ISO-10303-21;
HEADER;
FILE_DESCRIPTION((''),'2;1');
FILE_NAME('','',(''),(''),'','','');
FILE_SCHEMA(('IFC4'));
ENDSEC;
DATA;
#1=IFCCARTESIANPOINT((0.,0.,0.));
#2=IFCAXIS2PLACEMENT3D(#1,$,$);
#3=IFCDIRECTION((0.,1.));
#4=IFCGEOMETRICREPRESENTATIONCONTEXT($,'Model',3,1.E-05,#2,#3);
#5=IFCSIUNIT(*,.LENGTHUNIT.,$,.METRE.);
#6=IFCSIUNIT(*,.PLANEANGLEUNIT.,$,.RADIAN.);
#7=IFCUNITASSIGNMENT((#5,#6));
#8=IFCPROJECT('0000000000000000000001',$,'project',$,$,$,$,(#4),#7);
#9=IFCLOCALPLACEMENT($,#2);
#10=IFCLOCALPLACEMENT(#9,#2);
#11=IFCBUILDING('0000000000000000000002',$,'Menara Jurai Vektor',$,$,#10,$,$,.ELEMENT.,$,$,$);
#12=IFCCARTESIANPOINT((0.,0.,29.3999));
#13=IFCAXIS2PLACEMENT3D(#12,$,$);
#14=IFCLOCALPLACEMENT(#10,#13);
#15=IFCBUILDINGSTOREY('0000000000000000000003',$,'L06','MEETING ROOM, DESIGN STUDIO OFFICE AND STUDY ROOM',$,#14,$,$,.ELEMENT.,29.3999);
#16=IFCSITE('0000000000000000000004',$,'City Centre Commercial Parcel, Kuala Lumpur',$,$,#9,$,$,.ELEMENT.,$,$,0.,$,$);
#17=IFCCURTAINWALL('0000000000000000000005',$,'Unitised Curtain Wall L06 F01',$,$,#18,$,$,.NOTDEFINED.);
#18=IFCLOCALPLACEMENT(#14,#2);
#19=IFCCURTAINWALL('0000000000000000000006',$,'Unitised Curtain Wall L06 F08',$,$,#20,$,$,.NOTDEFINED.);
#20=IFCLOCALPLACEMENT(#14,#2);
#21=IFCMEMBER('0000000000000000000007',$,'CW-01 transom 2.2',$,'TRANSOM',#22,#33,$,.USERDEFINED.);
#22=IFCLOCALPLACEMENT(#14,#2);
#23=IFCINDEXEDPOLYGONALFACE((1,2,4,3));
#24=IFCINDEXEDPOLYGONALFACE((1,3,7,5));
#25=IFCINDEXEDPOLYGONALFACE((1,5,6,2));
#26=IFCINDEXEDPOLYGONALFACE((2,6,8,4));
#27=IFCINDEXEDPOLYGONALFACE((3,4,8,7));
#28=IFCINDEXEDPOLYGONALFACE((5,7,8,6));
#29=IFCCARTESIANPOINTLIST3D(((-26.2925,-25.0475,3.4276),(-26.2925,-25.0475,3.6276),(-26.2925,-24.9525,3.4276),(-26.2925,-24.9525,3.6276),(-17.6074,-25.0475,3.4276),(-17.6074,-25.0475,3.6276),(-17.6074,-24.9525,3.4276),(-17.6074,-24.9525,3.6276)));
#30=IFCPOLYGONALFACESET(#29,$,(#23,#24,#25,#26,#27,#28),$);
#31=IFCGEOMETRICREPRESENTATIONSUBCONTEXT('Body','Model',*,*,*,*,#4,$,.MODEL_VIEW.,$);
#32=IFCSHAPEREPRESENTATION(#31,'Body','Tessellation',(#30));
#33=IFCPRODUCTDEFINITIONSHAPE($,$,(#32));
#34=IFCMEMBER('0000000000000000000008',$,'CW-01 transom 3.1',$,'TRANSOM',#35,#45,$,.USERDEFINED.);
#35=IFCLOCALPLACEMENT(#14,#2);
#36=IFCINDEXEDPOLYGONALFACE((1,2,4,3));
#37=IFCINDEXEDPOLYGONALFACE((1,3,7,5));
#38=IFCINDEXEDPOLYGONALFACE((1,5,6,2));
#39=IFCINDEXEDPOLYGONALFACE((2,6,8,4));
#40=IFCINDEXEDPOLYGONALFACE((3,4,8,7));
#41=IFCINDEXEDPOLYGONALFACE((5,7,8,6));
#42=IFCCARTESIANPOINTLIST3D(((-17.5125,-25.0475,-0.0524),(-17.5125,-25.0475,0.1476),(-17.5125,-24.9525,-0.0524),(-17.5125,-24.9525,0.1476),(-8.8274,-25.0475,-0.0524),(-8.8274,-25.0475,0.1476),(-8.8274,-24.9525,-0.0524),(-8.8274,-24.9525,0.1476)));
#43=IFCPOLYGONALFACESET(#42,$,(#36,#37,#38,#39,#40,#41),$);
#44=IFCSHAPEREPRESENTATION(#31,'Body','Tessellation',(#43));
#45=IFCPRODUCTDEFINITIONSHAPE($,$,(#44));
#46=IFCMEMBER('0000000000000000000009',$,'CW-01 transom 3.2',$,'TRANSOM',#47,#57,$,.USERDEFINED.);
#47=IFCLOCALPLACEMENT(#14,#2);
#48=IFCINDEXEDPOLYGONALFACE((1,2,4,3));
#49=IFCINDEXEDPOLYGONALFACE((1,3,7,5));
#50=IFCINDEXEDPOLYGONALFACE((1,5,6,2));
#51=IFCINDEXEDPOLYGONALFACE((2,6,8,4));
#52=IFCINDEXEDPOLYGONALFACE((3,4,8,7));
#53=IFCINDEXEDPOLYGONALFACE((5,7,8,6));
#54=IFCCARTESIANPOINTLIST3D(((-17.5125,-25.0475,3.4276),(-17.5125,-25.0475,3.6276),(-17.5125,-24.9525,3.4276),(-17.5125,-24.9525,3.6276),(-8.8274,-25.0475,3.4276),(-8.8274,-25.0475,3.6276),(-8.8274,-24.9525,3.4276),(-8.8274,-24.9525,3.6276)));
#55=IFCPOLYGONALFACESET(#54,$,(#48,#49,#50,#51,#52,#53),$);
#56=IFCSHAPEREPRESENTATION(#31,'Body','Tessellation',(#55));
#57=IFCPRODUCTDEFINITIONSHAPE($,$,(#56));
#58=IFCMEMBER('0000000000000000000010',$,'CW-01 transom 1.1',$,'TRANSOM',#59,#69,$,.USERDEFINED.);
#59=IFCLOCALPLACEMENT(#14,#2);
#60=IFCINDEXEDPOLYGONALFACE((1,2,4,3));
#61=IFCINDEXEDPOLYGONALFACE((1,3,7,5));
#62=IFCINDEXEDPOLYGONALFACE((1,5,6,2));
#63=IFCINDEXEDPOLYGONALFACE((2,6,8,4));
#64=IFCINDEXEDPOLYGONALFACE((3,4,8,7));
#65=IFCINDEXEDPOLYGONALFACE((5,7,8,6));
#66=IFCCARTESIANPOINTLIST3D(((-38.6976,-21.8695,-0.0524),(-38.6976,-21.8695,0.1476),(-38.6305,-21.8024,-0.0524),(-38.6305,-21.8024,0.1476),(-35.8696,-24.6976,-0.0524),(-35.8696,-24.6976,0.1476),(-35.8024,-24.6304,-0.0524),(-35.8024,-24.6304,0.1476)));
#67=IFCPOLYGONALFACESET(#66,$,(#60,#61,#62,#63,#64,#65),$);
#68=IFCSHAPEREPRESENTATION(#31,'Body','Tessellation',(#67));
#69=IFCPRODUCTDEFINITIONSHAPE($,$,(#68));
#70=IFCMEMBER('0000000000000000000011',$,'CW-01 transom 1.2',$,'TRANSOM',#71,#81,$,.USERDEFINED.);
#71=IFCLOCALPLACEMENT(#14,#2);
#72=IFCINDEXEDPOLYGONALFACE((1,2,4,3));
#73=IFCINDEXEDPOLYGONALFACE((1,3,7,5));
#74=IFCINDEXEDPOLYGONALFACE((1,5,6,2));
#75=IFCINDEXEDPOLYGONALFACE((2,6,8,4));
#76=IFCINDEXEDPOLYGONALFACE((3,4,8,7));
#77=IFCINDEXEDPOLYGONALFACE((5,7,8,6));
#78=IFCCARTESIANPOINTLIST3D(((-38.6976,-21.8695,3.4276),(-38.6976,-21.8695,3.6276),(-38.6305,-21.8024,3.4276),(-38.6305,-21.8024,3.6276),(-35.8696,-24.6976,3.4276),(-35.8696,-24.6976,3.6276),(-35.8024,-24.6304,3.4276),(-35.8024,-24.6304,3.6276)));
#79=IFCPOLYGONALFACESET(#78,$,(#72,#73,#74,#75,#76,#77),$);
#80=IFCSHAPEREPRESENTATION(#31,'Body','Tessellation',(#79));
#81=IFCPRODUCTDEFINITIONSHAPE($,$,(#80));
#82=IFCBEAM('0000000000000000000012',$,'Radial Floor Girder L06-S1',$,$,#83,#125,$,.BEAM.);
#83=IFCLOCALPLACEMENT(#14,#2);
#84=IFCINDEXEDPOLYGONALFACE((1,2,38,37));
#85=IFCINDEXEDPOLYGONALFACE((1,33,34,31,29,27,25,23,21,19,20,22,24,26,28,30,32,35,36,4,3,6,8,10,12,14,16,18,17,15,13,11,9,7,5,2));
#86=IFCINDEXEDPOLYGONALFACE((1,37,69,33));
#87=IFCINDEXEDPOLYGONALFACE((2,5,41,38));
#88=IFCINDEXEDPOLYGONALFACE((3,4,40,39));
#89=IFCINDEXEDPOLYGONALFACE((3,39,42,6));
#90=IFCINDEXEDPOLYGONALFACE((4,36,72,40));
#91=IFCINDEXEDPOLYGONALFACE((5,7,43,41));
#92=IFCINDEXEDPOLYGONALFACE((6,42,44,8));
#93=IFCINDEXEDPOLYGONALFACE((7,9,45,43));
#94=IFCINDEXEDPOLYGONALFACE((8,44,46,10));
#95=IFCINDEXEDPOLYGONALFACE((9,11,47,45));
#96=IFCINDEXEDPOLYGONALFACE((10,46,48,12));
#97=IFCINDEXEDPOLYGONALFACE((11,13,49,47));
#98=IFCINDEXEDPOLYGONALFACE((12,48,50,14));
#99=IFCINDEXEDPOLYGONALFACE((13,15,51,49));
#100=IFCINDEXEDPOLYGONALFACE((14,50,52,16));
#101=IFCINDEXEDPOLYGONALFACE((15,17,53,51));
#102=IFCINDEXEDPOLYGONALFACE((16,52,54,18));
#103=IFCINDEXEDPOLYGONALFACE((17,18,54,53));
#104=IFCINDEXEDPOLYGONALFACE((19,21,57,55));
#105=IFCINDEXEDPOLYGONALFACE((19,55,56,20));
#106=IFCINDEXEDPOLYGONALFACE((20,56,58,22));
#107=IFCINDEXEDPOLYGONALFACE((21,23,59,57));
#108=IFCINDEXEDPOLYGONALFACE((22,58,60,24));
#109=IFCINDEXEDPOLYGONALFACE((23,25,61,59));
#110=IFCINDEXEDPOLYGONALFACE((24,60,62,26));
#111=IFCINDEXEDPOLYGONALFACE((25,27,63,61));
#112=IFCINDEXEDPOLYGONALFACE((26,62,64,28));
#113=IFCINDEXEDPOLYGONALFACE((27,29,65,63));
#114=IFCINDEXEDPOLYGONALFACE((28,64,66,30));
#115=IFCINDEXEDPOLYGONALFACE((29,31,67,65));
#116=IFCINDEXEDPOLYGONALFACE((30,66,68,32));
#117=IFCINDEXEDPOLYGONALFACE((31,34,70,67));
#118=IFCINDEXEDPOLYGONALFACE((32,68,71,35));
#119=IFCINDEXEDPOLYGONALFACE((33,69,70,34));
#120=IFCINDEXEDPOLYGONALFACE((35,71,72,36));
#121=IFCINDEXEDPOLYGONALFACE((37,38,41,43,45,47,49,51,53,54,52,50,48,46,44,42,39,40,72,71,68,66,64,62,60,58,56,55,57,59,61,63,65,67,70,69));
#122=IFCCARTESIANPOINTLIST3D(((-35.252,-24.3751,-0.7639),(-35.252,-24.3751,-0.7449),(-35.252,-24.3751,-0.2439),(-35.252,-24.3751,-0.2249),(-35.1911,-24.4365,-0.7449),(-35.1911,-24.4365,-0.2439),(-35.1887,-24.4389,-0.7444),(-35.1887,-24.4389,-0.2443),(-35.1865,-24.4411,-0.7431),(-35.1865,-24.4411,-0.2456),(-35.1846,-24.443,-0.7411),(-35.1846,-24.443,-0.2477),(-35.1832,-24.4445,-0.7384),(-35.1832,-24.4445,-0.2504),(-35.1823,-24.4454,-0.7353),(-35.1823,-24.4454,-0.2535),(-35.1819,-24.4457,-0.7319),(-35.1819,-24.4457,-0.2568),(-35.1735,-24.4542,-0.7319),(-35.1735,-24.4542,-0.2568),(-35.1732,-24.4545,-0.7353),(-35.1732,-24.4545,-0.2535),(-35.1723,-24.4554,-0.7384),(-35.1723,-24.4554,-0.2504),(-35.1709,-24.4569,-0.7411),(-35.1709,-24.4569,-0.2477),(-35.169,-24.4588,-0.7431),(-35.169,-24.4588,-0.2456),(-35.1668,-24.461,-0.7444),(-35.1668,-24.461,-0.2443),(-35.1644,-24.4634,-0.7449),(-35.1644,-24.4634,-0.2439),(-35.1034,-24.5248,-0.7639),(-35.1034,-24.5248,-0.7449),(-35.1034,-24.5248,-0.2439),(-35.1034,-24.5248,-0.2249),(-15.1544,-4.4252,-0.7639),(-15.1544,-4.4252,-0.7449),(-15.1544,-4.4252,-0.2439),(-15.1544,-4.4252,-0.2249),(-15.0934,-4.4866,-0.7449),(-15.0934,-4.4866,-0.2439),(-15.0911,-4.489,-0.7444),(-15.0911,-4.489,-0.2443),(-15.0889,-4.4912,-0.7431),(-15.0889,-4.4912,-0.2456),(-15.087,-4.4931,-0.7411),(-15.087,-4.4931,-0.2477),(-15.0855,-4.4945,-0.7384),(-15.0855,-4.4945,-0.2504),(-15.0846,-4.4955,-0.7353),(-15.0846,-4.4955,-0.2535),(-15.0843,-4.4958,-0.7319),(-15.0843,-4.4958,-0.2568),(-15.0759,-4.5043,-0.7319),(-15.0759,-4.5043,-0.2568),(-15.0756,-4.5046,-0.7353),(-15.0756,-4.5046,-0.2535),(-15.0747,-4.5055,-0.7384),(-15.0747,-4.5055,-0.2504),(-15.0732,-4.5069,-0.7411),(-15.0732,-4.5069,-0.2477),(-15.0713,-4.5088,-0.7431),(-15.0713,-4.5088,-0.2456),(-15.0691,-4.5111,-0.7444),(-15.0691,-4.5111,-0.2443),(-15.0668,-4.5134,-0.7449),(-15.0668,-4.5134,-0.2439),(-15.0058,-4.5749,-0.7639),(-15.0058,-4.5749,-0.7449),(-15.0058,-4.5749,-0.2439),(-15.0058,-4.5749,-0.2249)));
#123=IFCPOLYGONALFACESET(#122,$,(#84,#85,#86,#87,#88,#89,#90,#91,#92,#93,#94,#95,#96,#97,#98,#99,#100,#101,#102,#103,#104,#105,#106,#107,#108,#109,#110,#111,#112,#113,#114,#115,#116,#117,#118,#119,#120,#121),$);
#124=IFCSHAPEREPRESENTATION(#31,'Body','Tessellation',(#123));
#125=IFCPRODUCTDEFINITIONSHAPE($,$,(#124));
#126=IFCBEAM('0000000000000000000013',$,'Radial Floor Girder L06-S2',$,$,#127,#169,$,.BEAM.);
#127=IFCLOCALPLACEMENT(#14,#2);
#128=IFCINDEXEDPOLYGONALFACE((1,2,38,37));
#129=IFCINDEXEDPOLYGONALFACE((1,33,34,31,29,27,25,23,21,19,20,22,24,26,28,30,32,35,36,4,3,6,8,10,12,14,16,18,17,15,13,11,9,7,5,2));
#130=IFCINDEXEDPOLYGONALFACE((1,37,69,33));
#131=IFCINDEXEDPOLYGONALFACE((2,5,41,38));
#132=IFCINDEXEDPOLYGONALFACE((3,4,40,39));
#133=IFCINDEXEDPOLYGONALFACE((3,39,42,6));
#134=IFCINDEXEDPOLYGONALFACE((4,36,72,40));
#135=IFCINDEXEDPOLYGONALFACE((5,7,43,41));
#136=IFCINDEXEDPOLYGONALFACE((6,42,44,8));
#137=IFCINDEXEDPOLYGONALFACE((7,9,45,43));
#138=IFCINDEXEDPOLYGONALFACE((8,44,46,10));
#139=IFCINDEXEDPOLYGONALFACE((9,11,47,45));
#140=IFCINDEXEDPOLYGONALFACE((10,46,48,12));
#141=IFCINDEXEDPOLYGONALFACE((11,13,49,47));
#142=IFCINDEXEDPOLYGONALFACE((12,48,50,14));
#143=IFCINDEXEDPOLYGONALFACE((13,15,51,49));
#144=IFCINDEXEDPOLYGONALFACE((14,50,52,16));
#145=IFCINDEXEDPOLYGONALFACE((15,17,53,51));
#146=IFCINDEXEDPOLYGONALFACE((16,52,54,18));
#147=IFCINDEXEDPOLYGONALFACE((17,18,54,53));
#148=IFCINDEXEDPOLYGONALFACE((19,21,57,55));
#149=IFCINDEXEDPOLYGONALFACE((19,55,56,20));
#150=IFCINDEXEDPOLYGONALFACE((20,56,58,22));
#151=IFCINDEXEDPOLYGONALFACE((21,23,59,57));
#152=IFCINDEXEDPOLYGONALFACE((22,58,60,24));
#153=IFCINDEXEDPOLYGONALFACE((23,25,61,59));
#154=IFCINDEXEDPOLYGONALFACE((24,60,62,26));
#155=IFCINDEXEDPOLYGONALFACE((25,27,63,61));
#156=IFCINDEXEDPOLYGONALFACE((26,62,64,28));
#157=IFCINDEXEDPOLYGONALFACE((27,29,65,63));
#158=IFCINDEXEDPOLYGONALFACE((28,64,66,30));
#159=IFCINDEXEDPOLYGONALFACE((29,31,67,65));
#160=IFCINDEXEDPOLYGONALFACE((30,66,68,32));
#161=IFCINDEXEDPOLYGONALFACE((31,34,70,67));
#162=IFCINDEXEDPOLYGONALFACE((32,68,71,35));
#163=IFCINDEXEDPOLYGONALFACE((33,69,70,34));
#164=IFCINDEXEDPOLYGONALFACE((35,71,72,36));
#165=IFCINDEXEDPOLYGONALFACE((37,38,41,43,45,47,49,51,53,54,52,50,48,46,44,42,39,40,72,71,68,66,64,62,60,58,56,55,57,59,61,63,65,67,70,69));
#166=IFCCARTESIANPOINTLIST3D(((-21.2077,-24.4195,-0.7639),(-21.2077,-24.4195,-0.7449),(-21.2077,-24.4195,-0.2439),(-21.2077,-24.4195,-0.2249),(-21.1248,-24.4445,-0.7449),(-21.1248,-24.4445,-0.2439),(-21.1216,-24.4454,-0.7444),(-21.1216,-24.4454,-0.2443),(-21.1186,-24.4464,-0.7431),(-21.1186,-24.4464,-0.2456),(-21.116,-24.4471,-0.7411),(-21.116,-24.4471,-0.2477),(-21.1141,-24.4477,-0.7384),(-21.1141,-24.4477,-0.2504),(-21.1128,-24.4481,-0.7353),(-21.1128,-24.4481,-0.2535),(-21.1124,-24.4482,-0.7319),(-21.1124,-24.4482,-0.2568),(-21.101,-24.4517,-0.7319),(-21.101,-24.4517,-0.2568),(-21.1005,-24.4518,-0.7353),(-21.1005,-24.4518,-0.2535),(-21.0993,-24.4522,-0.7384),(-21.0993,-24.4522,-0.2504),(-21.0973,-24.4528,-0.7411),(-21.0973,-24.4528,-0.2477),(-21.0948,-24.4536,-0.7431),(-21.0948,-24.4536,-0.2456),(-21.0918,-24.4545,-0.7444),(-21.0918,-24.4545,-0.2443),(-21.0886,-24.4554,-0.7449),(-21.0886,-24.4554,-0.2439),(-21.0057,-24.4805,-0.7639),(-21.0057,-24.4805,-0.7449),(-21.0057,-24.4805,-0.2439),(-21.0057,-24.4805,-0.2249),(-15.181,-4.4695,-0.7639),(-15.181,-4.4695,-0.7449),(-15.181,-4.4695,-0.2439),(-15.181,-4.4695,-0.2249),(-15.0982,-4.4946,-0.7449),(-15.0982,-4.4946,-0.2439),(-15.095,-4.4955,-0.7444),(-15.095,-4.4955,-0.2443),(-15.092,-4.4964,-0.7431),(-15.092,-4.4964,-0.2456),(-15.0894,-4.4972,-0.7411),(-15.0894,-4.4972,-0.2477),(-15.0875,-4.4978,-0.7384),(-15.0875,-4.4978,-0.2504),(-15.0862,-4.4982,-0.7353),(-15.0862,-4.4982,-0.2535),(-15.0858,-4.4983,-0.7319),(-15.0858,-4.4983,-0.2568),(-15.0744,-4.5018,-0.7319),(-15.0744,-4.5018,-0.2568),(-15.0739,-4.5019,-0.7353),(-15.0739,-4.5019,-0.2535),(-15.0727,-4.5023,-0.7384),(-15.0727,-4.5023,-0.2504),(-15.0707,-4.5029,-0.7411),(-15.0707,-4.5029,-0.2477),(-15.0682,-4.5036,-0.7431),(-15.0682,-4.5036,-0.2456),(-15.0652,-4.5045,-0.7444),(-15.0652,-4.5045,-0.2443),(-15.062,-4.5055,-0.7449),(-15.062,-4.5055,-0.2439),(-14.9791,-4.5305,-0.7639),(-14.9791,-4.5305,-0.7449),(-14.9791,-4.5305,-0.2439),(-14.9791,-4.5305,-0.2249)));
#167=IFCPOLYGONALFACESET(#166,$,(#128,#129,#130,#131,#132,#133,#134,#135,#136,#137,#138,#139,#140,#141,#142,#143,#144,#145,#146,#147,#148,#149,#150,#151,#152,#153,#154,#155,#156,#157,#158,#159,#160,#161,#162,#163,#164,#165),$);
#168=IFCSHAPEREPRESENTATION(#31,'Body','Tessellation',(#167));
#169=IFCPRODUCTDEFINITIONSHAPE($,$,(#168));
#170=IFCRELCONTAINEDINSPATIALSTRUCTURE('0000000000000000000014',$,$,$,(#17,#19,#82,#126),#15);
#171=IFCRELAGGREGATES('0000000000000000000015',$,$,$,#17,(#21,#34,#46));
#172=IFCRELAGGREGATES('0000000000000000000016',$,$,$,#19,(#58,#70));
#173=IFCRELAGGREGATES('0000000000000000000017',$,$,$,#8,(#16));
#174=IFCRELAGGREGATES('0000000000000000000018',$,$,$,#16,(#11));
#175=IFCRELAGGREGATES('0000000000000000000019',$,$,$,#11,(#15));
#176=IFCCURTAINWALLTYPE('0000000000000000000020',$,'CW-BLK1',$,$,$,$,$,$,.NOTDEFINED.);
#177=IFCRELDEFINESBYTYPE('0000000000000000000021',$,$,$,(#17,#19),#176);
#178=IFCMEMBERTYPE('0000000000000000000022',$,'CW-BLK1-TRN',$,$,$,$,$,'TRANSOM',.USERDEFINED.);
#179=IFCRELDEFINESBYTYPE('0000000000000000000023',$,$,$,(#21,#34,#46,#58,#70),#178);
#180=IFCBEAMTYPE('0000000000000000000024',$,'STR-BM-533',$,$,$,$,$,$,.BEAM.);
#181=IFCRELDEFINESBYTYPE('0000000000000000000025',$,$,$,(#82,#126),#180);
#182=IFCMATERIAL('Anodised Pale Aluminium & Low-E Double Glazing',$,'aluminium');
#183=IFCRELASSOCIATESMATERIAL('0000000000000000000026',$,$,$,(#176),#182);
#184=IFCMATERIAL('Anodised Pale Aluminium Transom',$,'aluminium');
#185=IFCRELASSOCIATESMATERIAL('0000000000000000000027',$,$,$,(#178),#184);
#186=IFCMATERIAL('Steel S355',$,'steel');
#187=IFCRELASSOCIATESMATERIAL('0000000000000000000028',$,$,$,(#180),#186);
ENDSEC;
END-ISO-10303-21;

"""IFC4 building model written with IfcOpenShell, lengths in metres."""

from ifc_helpers import new_model, si_unit, direction, frame, origin, origin_2d, place, context, subcontext, project, spatial, rectangle, i_section, extrude, material, material_profile, profile_set, type_object, element, aggregate, save


model = new_model("IFC4")

# Units and contexts
model_context = context("Model", 3, precision=1e-05, world=origin(), true_north=direction((0.0, 1.0)))
body_context = subcontext(model_context, "Body", "Model", "MODEL_VIEW")
ifc_project = project(units=[si_unit("LENGTHUNIT", "METRE"), si_unit("PLANEANGLEUNIT", "RADIAN")], contexts=[model_context])

# Site, building, storey
site_placement = place(None, origin())
site = spatial("IfcSite", under=ifc_project, at=site_placement, Name="City Centre Commercial Parcel, Kuala Lumpur", CompositionType="ELEMENT", RefElevation=0.0)
building_placement = place(site_placement, origin())
building = spatial("IfcBuilding", under=site, at=building_placement, Name="Menara Jurai Vektor", CompositionType="ELEMENT")
storey_placement = place(building_placement, frame((0.0, 0.0, 29.3999)))
storey = spatial("IfcBuildingStorey", under=building, at=storey_placement, Name="L06", Description="MEETING ROOM, DESIGN STUDIO OFFICE AND STUDY ROOM", CompositionType="ELEMENT", Elevation=29.3999)

# Curtain wall
ifc_material_1 = material(Name="Anodised Pale Aluminium & Low-E Double Glazing", Category="aluminium")
curtain_wall_type = type_object("IfcCurtainWallType", Name="CW-BLK1", PredefinedType="NOTDEFINED", material=ifc_material_1)
curtain_wall_1_placement = place(storey_placement, origin())
curtain_wall_1 = element("IfcCurtainWall", 1, at=curtain_wall_1_placement, inside=storey, type_object=curtain_wall_type, Name="Unitised Curtain Wall L06 F01", PredefinedType="NOTDEFINED")

# Curtain wall
curtain_wall_2_placement = place(storey_placement, origin())
curtain_wall_2 = element("IfcCurtainWall", 2, at=curtain_wall_2_placement, inside=storey, type_object=curtain_wall_type, Name="Unitised Curtain Wall L06 F08", PredefinedType="NOTDEFINED")

# Members
ifc_material_2 = material(Name="Anodised Pale Aluminium Transom", Category="aluminium")
ifc_material_profile_1 = material_profile(ifc_material_2, rectangle(XDim=0.095, YDim=0.2, at=origin_2d()), Name="ALU TRN 95x200")
ifc_profile_set_1 = profile_set([ifc_material_profile_1], Name="Anodised Pale Aluminium Transom")
member_type_1 = type_object("IfcMemberType", Name="CW-BLK1-TRN", ElementType="TRANSOM", PredefinedType="USERDEFINED", material=ifc_profile_set_1)
member_1_placement = place(storey_placement, frame((-26.2925, -25.0, 3.5276), z_axis=(1.0, 0.0, 0.0), x_axis=(0.0, 1.0, 0.0)))
member_1 = element("IfcMember", 3, at=member_1_placement, type_object=member_type_1, Name="CW-01 transom 2.2", ObjectType="TRANSOM", PredefinedType="USERDEFINED", context=body_context, shape_type="SweptSolid", body=[
    extrude(rectangle(XDim=0.095, YDim=0.2, at=origin_2d()), origin(), (0.0, 0.0, 1.0), 8.6851),
])
member_2_placement = place(storey_placement, frame((-17.5125, -25.0, 0.0476), z_axis=(1.0, 0.0, 0.0), x_axis=(0.0, 1.0, 0.0)))
member_2 = element("IfcMember", 4, at=member_2_placement, type_object=member_type_1, Name="CW-01 transom 3.1", ObjectType="TRANSOM", PredefinedType="USERDEFINED", context=body_context, shape_type="SweptSolid", body=[
    extrude(rectangle(XDim=0.095, YDim=0.2, at=origin_2d()), origin(), (0.0, 0.0, 1.0), 8.6851),
])
member_3_placement = place(storey_placement, frame((-17.5125, -25.0, 3.5276), z_axis=(1.0, 0.0, 0.0), x_axis=(0.0, 1.0, 0.0)))
member_3 = element("IfcMember", 5, at=member_3_placement, type_object=member_type_1, Name="CW-01 transom 3.2", ObjectType="TRANSOM", PredefinedType="USERDEFINED", context=body_context, shape_type="SweptSolid", body=[
    extrude(rectangle(XDim=0.095, YDim=0.2, at=origin_2d()), origin(), (0.0, 0.0, 1.0), 8.6851),
])
member_4_placement = place(storey_placement, frame((-38.6641, -21.8359, 0.0476), z_axis=(0.707107, -0.707107, 0.0), x_axis=(0.707107, 0.707107, 0.0)))
member_4 = element("IfcMember", 6, at=member_4_placement, type_object=member_type_1, Name="CW-01 transom 1.1", ObjectType="TRANSOM", PredefinedType="USERDEFINED", context=body_context, shape_type="SweptSolid", body=[
    extrude(rectangle(XDim=0.095, YDim=0.2, at=origin_2d()), origin(), (0.0, 0.0, 1.0), 3.9995),
])
member_5_placement = place(storey_placement, frame((-38.6641, -21.8359, 3.5276), z_axis=(0.707107, -0.707107, 0.0), x_axis=(0.707107, 0.707107, 0.0)))
member_5 = element("IfcMember", 7, at=member_5_placement, type_object=member_type_1, Name="CW-01 transom 1.2", ObjectType="TRANSOM", PredefinedType="USERDEFINED", context=body_context, shape_type="SweptSolid", body=[
    extrude(rectangle(XDim=0.095, YDim=0.2, at=origin_2d()), origin(), (0.0, 0.0, 1.0), 3.9995),
])

# Beams
ifc_material_3 = material(Name="Steel S355", Category="steel")
ifc_material_profile_2 = material_profile(ifc_material_3, i_section(OverallWidth=0.2109, OverallDepth=0.5391, WebThickness=0.012, FlangeThickness=0.019, FilletRadius=0.0129, at=origin_2d()), Name="UKB 533x210x109")
ifc_profile_set_2 = profile_set([ifc_material_profile_2], Name="Steel S355")
beam_type_1 = type_object("IfcBeamType", Name="STR-BM-533", PredefinedType="BEAM", material=ifc_profile_set_2)
beam_1_placement = place(storey_placement, frame((-35.1777, -24.45, -0.4944), z_axis=(0.70971, 0.704494, 0.0), x_axis=(-0.704494, 0.70971, 0.0)))
element("IfcBeam", 8, at=beam_1_placement, inside=storey, type_object=beam_type_1, Name="Radial Floor Girder L06-S1", PredefinedType="BEAM", context=body_context, shape_type="SweptSolid", body=[
    extrude(i_section(OverallWidth=0.2109, OverallDepth=0.5391, WebThickness=0.012, FlangeThickness=0.019, FilletRadius=0.0129, at=origin_2d()), origin(), (0.0, 0.0, 1.0), 28.3181),
])
beam_2_placement = place(storey_placement, frame((-21.1067, -24.45, -0.4944), z_axis=(0.28918, 0.957275, 0.0), x_axis=(-0.957275, 0.28918, 0.0)))
element("IfcBeam", 9, at=beam_2_placement, inside=storey, type_object=beam_type_1, Name="Radial Floor Girder L06-S2", PredefinedType="BEAM", context=body_context, shape_type="SweptSolid", body=[
    extrude(i_section(OverallWidth=0.2109, OverallDepth=0.5391, WebThickness=0.012, FlangeThickness=0.019, FilletRadius=0.0129, at=origin_2d()), origin(), (0.0, 0.0, 1.0), 20.8403),
])

aggregate(curtain_wall_1, [member_1, member_2, member_3])
aggregate(curtain_wall_2, [member_4, member_5])

save(model, "model.ifc")
